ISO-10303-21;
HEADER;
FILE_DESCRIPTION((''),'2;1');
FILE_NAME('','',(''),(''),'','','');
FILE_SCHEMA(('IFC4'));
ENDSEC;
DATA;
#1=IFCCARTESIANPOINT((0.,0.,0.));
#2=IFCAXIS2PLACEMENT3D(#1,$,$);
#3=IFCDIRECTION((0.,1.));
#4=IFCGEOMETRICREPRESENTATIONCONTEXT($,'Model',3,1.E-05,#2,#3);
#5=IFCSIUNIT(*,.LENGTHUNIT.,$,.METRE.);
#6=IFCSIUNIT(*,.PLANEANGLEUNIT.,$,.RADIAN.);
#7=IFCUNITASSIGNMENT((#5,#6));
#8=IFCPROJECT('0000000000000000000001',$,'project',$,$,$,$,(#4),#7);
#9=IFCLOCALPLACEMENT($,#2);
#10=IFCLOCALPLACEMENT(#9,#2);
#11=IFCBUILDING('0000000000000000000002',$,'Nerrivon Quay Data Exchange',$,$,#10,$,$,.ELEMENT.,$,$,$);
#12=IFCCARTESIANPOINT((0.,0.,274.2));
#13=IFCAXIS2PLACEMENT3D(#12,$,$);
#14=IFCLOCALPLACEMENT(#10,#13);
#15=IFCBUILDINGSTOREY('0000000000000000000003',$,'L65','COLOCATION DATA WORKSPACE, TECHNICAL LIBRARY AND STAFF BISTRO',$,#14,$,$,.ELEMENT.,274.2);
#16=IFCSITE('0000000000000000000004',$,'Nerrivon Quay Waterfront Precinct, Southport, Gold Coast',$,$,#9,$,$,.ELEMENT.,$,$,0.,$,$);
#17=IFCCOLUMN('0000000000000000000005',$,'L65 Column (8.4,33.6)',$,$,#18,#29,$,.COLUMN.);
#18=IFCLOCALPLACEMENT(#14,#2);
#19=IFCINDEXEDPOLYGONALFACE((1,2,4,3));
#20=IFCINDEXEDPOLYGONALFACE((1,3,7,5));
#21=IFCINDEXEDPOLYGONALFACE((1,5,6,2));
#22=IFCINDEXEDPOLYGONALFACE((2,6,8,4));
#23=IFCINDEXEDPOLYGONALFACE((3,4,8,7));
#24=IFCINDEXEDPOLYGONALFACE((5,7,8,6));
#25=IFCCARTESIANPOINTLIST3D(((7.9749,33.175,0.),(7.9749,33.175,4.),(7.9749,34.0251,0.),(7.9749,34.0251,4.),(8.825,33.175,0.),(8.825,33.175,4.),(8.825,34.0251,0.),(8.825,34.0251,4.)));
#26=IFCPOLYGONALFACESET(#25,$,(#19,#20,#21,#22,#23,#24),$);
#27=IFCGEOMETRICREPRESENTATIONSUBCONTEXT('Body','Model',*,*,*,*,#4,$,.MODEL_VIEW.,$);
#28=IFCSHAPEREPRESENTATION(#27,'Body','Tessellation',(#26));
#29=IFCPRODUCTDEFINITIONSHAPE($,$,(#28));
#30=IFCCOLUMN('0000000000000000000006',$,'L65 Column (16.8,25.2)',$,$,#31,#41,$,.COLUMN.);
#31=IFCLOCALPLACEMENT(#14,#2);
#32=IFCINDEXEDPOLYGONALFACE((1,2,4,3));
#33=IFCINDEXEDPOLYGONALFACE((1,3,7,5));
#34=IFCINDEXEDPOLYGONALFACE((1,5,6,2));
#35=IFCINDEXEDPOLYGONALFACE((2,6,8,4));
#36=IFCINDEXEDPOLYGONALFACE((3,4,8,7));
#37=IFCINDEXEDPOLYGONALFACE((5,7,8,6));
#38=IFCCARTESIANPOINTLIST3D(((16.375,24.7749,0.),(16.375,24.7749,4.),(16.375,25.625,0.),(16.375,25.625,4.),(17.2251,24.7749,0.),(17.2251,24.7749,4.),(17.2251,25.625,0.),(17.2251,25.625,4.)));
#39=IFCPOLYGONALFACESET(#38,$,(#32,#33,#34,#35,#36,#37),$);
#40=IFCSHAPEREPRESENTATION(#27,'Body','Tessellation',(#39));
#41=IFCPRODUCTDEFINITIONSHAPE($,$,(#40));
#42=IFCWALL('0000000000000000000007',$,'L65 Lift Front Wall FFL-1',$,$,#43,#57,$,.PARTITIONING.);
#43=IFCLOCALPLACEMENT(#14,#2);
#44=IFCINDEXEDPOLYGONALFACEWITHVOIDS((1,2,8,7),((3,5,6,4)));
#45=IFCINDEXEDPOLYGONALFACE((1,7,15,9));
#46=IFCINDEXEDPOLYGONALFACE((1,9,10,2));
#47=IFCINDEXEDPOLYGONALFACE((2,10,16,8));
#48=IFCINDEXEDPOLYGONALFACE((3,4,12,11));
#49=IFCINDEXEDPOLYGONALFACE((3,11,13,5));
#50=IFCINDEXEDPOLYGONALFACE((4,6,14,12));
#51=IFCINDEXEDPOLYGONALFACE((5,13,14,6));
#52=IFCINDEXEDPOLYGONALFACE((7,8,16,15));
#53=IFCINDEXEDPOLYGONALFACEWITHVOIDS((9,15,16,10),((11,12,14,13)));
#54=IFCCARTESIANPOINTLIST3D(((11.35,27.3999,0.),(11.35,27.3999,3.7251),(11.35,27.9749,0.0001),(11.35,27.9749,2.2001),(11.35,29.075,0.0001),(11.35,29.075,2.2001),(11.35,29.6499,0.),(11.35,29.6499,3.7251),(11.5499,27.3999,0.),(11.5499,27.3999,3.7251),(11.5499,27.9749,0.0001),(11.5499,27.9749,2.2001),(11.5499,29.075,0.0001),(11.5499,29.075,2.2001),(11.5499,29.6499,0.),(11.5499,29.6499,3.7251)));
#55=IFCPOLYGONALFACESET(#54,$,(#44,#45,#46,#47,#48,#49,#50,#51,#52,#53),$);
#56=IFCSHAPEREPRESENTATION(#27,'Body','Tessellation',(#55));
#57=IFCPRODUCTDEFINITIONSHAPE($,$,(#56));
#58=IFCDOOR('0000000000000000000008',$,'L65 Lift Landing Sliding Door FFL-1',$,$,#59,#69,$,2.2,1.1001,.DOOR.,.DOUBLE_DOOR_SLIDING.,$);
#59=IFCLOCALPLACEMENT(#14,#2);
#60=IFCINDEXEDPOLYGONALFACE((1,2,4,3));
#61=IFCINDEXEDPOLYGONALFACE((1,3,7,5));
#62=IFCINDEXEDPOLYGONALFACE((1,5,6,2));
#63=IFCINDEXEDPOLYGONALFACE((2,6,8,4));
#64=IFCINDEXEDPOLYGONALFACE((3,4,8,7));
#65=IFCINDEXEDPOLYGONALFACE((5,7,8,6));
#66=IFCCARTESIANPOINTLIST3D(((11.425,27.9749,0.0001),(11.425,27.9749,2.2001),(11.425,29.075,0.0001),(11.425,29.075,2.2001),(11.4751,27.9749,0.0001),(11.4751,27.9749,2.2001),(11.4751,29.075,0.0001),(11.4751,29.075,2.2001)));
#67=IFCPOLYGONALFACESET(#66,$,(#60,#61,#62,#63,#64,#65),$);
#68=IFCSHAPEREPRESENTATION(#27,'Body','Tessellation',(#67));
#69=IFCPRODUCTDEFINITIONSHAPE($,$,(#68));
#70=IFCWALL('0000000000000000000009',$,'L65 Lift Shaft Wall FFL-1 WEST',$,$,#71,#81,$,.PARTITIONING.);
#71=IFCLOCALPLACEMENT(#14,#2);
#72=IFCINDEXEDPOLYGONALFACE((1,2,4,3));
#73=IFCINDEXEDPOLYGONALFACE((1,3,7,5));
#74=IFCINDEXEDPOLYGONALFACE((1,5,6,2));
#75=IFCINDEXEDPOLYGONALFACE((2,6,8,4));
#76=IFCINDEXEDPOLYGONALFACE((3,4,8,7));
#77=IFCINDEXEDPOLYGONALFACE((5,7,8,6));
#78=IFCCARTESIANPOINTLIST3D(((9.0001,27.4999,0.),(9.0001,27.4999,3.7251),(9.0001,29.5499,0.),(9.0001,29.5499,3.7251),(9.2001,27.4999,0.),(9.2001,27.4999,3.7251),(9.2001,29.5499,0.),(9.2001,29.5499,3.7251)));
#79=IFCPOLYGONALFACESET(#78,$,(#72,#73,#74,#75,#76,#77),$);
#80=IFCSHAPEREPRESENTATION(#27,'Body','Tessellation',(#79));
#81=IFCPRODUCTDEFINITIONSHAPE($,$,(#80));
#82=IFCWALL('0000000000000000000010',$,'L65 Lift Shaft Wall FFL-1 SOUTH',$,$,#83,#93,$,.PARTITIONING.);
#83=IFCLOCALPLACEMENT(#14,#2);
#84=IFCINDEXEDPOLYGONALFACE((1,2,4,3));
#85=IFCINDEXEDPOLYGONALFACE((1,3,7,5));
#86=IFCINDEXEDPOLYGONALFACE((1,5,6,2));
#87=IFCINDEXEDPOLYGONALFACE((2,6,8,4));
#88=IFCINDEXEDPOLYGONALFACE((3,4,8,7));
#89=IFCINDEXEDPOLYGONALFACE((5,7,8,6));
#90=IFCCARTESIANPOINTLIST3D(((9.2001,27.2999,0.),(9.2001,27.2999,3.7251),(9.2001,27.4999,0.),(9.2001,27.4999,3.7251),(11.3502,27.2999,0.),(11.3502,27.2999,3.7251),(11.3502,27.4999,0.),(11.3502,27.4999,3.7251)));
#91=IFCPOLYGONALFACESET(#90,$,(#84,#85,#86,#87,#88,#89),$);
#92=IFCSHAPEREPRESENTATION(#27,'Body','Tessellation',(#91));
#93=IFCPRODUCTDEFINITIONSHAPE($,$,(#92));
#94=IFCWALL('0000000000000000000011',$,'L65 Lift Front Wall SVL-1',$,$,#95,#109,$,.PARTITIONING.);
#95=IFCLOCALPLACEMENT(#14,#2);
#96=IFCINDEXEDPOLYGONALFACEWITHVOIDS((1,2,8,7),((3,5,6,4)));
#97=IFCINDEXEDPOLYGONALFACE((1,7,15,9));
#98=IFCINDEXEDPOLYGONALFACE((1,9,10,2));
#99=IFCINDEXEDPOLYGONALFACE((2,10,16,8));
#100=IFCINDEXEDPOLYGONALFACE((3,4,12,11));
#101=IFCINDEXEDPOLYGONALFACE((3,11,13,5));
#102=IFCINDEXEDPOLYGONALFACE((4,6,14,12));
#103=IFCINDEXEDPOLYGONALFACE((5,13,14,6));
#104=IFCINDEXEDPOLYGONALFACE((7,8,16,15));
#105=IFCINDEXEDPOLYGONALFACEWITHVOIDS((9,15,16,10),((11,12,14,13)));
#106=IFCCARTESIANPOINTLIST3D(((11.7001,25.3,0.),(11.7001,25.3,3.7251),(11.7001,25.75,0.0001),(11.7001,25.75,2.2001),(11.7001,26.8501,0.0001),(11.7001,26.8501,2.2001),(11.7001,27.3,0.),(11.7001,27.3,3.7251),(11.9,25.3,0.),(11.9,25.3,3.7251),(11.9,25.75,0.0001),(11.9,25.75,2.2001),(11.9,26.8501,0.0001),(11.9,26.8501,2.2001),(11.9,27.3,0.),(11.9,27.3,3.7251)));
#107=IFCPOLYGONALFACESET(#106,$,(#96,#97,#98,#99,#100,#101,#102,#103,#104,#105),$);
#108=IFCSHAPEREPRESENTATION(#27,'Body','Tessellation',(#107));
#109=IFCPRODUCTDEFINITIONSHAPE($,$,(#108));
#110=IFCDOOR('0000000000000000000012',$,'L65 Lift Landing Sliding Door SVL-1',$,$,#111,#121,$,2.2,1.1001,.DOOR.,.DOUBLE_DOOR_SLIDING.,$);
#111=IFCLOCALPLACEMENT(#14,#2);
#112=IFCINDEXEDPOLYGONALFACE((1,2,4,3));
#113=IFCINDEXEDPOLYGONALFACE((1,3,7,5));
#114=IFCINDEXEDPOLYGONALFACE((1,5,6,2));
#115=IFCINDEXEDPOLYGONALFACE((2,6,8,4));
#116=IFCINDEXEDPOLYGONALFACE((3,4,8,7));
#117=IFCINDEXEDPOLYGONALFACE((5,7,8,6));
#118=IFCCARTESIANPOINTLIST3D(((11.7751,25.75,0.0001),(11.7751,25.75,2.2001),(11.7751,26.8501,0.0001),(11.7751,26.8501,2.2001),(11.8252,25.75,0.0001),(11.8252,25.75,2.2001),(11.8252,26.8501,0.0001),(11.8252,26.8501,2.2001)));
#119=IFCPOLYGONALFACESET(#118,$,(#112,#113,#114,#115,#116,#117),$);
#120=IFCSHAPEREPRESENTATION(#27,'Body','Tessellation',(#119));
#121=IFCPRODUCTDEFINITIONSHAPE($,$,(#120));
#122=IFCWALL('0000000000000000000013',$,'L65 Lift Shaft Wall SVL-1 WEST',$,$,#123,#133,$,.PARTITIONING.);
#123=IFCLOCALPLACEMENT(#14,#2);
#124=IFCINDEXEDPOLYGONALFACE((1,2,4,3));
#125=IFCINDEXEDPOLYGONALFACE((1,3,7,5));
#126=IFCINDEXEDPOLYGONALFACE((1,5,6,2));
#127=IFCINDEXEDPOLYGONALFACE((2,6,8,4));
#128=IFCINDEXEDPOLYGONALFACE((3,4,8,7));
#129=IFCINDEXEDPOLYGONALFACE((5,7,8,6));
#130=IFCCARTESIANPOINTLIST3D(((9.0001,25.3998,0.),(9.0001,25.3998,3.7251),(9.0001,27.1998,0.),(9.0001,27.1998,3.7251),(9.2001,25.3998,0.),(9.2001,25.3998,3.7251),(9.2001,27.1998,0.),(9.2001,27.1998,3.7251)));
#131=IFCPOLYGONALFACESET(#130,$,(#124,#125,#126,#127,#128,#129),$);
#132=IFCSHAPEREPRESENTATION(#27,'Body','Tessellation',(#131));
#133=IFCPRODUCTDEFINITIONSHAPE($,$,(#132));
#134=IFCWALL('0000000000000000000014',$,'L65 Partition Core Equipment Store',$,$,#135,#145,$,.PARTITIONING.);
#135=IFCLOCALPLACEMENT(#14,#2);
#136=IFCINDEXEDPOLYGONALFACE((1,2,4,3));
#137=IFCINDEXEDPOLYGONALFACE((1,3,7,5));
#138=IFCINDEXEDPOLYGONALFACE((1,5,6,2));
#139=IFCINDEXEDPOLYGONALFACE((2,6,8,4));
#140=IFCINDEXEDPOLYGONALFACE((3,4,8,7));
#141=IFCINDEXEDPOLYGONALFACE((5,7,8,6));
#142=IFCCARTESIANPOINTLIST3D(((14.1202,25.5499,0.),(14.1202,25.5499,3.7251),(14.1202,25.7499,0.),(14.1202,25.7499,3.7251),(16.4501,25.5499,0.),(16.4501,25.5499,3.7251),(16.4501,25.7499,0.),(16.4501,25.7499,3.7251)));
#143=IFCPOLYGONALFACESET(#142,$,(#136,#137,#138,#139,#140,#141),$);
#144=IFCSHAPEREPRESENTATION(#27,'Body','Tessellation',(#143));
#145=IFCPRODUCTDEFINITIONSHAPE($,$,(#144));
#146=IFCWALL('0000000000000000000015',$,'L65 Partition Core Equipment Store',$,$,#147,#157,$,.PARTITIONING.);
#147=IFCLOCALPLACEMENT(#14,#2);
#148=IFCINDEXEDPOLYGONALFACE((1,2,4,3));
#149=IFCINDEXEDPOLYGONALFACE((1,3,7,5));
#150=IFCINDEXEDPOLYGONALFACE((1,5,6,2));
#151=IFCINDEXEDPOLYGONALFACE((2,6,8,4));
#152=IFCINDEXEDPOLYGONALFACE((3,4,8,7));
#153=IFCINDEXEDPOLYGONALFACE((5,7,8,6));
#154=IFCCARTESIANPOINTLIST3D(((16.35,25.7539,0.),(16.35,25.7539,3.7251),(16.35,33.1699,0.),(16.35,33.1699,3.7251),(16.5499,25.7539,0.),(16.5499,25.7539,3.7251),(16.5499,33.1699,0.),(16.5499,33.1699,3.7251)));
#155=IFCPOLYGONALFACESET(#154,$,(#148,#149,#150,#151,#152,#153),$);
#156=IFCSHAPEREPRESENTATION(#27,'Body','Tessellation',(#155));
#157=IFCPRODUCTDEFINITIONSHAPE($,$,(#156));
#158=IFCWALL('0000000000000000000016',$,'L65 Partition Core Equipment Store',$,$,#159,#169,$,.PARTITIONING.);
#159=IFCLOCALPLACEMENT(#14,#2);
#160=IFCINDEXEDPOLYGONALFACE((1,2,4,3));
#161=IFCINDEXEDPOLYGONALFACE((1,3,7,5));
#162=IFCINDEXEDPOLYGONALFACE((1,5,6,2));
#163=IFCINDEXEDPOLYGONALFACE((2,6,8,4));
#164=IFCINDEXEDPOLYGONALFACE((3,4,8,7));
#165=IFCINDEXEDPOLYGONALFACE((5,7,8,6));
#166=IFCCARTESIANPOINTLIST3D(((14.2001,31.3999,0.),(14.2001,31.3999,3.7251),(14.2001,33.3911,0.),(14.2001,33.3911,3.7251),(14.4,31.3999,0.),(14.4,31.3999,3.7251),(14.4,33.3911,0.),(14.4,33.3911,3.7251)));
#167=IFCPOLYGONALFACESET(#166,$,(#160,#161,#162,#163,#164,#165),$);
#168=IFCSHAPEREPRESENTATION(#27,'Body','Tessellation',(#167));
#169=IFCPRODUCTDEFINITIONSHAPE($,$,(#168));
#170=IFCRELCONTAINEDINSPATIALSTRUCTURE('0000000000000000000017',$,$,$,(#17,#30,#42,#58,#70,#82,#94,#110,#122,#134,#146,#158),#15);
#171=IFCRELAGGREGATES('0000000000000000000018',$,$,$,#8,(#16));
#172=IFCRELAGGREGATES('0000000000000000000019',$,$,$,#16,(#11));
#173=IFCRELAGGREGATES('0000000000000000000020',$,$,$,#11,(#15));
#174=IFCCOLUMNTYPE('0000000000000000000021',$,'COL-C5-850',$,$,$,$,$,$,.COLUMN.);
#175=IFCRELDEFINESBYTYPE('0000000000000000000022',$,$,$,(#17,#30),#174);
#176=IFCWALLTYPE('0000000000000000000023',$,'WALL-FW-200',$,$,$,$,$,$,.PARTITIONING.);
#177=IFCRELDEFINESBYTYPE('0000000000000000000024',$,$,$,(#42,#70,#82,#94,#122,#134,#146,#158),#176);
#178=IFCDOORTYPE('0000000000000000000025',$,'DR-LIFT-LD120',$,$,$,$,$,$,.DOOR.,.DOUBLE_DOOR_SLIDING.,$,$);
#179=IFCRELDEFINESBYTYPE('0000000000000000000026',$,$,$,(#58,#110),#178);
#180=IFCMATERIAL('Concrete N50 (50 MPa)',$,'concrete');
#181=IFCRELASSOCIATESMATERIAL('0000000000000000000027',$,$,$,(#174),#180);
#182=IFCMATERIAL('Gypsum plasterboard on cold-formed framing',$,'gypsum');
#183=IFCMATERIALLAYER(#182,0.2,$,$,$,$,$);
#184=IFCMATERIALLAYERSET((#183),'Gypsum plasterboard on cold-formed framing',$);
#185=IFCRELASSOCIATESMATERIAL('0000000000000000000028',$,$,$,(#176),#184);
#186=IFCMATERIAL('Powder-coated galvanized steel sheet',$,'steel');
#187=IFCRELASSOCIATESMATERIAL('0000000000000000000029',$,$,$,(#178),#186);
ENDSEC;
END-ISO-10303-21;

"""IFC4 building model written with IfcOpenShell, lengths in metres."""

from ifc_helpers import new_model, si_unit, direction, frame, frame_2d, origin, origin_2d, place, context, subcontext, project, spatial, rectangle, extrude, material, layer, layer_set, material_profile, profile_set, type_object, element, fill, save


model = new_model("IFC4")

# Units and contexts
model_context = context("Model", 3, precision=1e-05, world=origin(), true_north=direction((0.0, 1.0)))
body_context = subcontext(model_context, "Body", "Model", "MODEL_VIEW")
ifc_project = project(units=[si_unit("LENGTHUNIT", "METRE"), si_unit("PLANEANGLEUNIT", "RADIAN")], contexts=[model_context])

# Site, building, storey
site_placement = place(None, origin())
site = spatial("IfcSite", under=ifc_project, at=site_placement, Name="Nerrivon Quay Waterfront Precinct, Southport, Gold Coast", CompositionType="ELEMENT", RefElevation=0.0)
building_placement = place(site_placement, origin())
building = spatial("IfcBuilding", under=site, at=building_placement, Name="Nerrivon Quay Data Exchange", CompositionType="ELEMENT")
storey_placement = place(building_placement, frame((0.0, 0.0, 274.2)))
storey = spatial("IfcBuildingStorey", under=building, at=storey_placement, Name="L65", Description="COLOCATION DATA WORKSPACE, TECHNICAL LIBRARY AND STAFF BISTRO", CompositionType="ELEMENT", Elevation=274.2)

# Columns
ifc_material_1 = material(Name="Concrete N50 (50 MPa)", Category="concrete")
ifc_material_profile = material_profile(ifc_material_1, rectangle(XDim=0.8501, YDim=0.8501, at=origin_2d()), Name="RC-COL-850x850")
ifc_profile_set = profile_set([ifc_material_profile], Name="Concrete N50 (50 MPa)")
column_type = type_object("IfcColumnType", Name="COL-C5-850", PredefinedType="COLUMN", material=ifc_profile_set)
for number, where, z_axis, x_axis, name in (
    (1, (8.3999, 33.6001, 0.0), (0.0, 0.0, 1.0), (1.0, 0.0, 0.0), "L65 Column (8.4,33.6)"),
    (2, (16.8, 25.2, 0.0), (0.0, 0.0, 1.0), (1.0, 0.0, 0.0), "L65 Column (16.8,25.2)"),
):
    element("IfcColumn", number, at=place(storey_placement, frame(where, z_axis=z_axis, x_axis=x_axis)), inside=storey, type_object=column_type, Name=name, PredefinedType="COLUMN", context=body_context, shape_type="SweptSolid", body=[
        extrude(rectangle(XDim=0.8501, YDim=0.8501, at=origin_2d()), origin(), (0.0, 0.0, 1.0), 4.0),
    ])

# Wall, opening, door
ifc_material_2 = material(Name="Powder-coated galvanized steel sheet", Category="steel")
ifc_material_3 = material(Name="Gypsum plasterboard on cold-formed framing", Category="gypsum")
ifc_layer_1 = layer(ifc_material_3, 0.2)
ifc_layer_set_1 = layer_set([ifc_layer_1], Name="Gypsum plasterboard on cold-formed framing")
wall_type_1 = type_object("IfcWallType", Name="WALL-FW-200", PredefinedType="PARTITIONING", material=ifc_layer_set_1)
wall_1_placement = place(storey_placement, frame((11.45, 27.3999, 0.0), z_axis=(0.0, 0.0, 1.0), x_axis=(0.0, 1.0, 0.0)))
wall_1 = element("IfcWall", 3, at=wall_1_placement, inside=storey, type_object=wall_type_1, Name="L65 Lift Front Wall FFL-1", PredefinedType="PARTITIONING", context=body_context, shape_type="SweptSolid", body=[
    extrude(rectangle(XDim=2.25, YDim=0.2, at=frame_2d((1.125, 0.0))), origin(), (0.0, 0.0, 1.0), 3.7251),
])
opening_1_placement = place(wall_1_placement, frame((0.575, 0.0, 0.0)))
opening_1 = element("IfcOpeningElement", 4, at=opening_1_placement, cuts=wall_1, PredefinedType="OPENING", context=body_context, shape_type="SweptSolid", body=[
    extrude(rectangle(XDim=1.1001, YDim=2.2, at=frame_2d((0.55, 1.1001))), frame((0.0, 0.1099, 0.0), z_axis=(0.0, -1.0, 0.0), x_axis=(1.0, 0.0, 0.0)), (0.0, 0.0, 1.0), 0.22),
])
door_type_1 = type_object("IfcDoorType", Name="DR-LIFT-LD120", OperationType="DOUBLE_DOOR_SLIDING", PredefinedType="DOOR", material=ifc_material_2)
door_1_placement = place(opening_1_placement, origin())
door_1 = element("IfcDoor", 5, at=door_1_placement, inside=storey, type_object=door_type_1, Name="L65 Lift Landing Sliding Door FFL-1", OperationType="DOUBLE_DOOR_SLIDING", OverallHeight=2.2, OverallWidth=1.1001, PredefinedType="DOOR", context=body_context, shape_type="SweptSolid", body=[
    extrude(rectangle(XDim=1.1001, YDim=2.2, at=frame_2d((0.55, 1.1001))), frame((0.0, 0.0249, 0.0), z_axis=(0.0, -1.0, 0.0), x_axis=(1.0, 0.0, 0.0)), (0.0, 0.0, 1.0), 0.05),
])
fill(opening_1, door_1)

# Walls
wall_2_placement = place(storey_placement, frame((9.1001, 27.5, 0.0), z_axis=(0.0, 0.0, 1.0), x_axis=(0.0, 1.0, 0.0)))
element("IfcWall", 6, at=wall_2_placement, inside=storey, type_object=wall_type_1, Name="L65 Lift Shaft Wall FFL-1 WEST", PredefinedType="PARTITIONING", context=body_context, shape_type="SweptSolid", body=[
    extrude(rectangle(XDim=2.05, YDim=0.2, at=frame_2d((1.0249, 0.0))), origin(), (0.0, 0.0, 1.0), 3.7251),
])
wall_3_placement = place(storey_placement, frame((9.2, 27.3999, 0.0), z_axis=(0.0, 0.0, 1.0), x_axis=(1.0, 0.0, 0.0)))
element("IfcWall", 7, at=wall_3_placement, inside=storey, type_object=wall_type_1, Name="L65 Lift Shaft Wall FFL-1 SOUTH", PredefinedType="PARTITIONING", context=body_context, shape_type="SweptSolid", body=[
    extrude(rectangle(XDim=2.1501, YDim=0.2, at=frame_2d((1.0752, 0.0))), origin(), (0.0, 0.0, 1.0), 3.7251),
])

# Wall, opening, door
wall_4_placement = place(storey_placement, frame((11.8, 25.3, 0.0), z_axis=(0.0, 0.0, 1.0), x_axis=(0.0, 1.0, 0.0)))
wall_4 = element("IfcWall", 8, at=wall_4_placement, inside=storey, type_object=wall_type_1, Name="L65 Lift Front Wall SVL-1", PredefinedType="PARTITIONING", context=body_context, shape_type="SweptSolid", body=[
    extrude(rectangle(XDim=2.0, YDim=0.2, at=frame_2d((1.0, 0.0))), origin(), (0.0, 0.0, 1.0), 3.7251),
])
opening_2_placement = place(wall_4_placement, frame((0.45, 0.0, 0.0)))
opening_2 = element("IfcOpeningElement", 9, at=opening_2_placement, cuts=wall_4, PredefinedType="OPENING", context=body_context, shape_type="SweptSolid", body=[
    extrude(rectangle(XDim=1.1001, YDim=2.2, at=frame_2d((0.55, 1.1001))), frame((0.0, 0.1099, 0.0), z_axis=(0.0, -1.0, 0.0), x_axis=(1.0, 0.0, 0.0)), (0.0, 0.0, 1.0), 0.22),
])
door_2_placement = place(opening_2_placement, origin())
door_2 = element("IfcDoor", 10, at=door_2_placement, inside=storey, type_object=door_type_1, Name="L65 Lift Landing Sliding Door SVL-1", OperationType="DOUBLE_DOOR_SLIDING", OverallHeight=2.2, OverallWidth=1.1001, PredefinedType="DOOR", context=body_context, shape_type="SweptSolid", body=[
    extrude(rectangle(XDim=1.1001, YDim=2.2, at=frame_2d((0.55, 1.1001))), frame((0.0, 0.0249, 0.0), z_axis=(0.0, -1.0, 0.0), x_axis=(1.0, 0.0, 0.0)), (0.0, 0.0, 1.0), 0.05),
])
fill(opening_2, door_2)

# Walls
wall_5_placement = place(storey_placement, frame((9.1001, 25.3999, 0.0), z_axis=(0.0, 0.0, 1.0), x_axis=(0.0, 1.0, 0.0)))
element("IfcWall", 11, at=wall_5_placement, inside=storey, type_object=wall_type_1, Name="L65 Lift Shaft Wall SVL-1 WEST", PredefinedType="PARTITIONING", context=body_context, shape_type="SweptSolid", body=[
    extrude(rectangle(XDim=1.8, YDim=0.2, at=frame_2d((0.8999, 0.0))), origin(), (0.0, 0.0, 1.0), 3.7251),
])
wall_6_placement = place(storey_placement, frame((14.1201, 25.6499, 0.0), z_axis=(0.0, 0.0, 1.0), x_axis=(1.0, 0.0, 0.0)))
element("IfcWall", 12, at=wall_6_placement, inside=storey, type_object=wall_type_1, Name="L65 Partition Core Equipment Store", PredefinedType="PARTITIONING", context=body_context, shape_type="SweptSolid", body=[
    extrude(rectangle(XDim=2.3298, YDim=0.2, at=frame_2d((1.165, 0.0))), origin(), (0.0, 0.0, 1.0), 3.7251),
])
wall_7_placement = place(storey_placement, frame((16.45, 25.7539, 0.0), z_axis=(0.0, 0.0, 1.0), x_axis=(0.0, 1.0, 0.0)))
element("IfcWall", 13, at=wall_7_placement, inside=storey, type_object=wall_type_1, Name="L65 Partition Core Equipment Store", PredefinedType="PARTITIONING", context=body_context, shape_type="SweptSolid", body=[
    extrude(rectangle(XDim=7.416, YDim=0.2, at=frame_2d((3.708, 0.0))), origin(), (0.0, 0.0, 1.0), 3.7251),
])
wall_8_placement = place(storey_placement, frame((14.3, 33.3911, 0.0), z_axis=(0.0, 0.0, 1.0), x_axis=(0.0, -1.0, 0.0)))
element("IfcWall", 14, at=wall_8_placement, inside=storey, type_object=wall_type_1, Name="L65 Partition Core Equipment Store", PredefinedType="PARTITIONING", context=body_context, shape_type="SweptSolid", body=[
    extrude(rectangle(XDim=1.9912, YDim=0.2, at=frame_2d((0.9956, 0.0))), origin(), (0.0, 0.0, 1.0), 3.7251),
])

save(model, "model.ifc")
